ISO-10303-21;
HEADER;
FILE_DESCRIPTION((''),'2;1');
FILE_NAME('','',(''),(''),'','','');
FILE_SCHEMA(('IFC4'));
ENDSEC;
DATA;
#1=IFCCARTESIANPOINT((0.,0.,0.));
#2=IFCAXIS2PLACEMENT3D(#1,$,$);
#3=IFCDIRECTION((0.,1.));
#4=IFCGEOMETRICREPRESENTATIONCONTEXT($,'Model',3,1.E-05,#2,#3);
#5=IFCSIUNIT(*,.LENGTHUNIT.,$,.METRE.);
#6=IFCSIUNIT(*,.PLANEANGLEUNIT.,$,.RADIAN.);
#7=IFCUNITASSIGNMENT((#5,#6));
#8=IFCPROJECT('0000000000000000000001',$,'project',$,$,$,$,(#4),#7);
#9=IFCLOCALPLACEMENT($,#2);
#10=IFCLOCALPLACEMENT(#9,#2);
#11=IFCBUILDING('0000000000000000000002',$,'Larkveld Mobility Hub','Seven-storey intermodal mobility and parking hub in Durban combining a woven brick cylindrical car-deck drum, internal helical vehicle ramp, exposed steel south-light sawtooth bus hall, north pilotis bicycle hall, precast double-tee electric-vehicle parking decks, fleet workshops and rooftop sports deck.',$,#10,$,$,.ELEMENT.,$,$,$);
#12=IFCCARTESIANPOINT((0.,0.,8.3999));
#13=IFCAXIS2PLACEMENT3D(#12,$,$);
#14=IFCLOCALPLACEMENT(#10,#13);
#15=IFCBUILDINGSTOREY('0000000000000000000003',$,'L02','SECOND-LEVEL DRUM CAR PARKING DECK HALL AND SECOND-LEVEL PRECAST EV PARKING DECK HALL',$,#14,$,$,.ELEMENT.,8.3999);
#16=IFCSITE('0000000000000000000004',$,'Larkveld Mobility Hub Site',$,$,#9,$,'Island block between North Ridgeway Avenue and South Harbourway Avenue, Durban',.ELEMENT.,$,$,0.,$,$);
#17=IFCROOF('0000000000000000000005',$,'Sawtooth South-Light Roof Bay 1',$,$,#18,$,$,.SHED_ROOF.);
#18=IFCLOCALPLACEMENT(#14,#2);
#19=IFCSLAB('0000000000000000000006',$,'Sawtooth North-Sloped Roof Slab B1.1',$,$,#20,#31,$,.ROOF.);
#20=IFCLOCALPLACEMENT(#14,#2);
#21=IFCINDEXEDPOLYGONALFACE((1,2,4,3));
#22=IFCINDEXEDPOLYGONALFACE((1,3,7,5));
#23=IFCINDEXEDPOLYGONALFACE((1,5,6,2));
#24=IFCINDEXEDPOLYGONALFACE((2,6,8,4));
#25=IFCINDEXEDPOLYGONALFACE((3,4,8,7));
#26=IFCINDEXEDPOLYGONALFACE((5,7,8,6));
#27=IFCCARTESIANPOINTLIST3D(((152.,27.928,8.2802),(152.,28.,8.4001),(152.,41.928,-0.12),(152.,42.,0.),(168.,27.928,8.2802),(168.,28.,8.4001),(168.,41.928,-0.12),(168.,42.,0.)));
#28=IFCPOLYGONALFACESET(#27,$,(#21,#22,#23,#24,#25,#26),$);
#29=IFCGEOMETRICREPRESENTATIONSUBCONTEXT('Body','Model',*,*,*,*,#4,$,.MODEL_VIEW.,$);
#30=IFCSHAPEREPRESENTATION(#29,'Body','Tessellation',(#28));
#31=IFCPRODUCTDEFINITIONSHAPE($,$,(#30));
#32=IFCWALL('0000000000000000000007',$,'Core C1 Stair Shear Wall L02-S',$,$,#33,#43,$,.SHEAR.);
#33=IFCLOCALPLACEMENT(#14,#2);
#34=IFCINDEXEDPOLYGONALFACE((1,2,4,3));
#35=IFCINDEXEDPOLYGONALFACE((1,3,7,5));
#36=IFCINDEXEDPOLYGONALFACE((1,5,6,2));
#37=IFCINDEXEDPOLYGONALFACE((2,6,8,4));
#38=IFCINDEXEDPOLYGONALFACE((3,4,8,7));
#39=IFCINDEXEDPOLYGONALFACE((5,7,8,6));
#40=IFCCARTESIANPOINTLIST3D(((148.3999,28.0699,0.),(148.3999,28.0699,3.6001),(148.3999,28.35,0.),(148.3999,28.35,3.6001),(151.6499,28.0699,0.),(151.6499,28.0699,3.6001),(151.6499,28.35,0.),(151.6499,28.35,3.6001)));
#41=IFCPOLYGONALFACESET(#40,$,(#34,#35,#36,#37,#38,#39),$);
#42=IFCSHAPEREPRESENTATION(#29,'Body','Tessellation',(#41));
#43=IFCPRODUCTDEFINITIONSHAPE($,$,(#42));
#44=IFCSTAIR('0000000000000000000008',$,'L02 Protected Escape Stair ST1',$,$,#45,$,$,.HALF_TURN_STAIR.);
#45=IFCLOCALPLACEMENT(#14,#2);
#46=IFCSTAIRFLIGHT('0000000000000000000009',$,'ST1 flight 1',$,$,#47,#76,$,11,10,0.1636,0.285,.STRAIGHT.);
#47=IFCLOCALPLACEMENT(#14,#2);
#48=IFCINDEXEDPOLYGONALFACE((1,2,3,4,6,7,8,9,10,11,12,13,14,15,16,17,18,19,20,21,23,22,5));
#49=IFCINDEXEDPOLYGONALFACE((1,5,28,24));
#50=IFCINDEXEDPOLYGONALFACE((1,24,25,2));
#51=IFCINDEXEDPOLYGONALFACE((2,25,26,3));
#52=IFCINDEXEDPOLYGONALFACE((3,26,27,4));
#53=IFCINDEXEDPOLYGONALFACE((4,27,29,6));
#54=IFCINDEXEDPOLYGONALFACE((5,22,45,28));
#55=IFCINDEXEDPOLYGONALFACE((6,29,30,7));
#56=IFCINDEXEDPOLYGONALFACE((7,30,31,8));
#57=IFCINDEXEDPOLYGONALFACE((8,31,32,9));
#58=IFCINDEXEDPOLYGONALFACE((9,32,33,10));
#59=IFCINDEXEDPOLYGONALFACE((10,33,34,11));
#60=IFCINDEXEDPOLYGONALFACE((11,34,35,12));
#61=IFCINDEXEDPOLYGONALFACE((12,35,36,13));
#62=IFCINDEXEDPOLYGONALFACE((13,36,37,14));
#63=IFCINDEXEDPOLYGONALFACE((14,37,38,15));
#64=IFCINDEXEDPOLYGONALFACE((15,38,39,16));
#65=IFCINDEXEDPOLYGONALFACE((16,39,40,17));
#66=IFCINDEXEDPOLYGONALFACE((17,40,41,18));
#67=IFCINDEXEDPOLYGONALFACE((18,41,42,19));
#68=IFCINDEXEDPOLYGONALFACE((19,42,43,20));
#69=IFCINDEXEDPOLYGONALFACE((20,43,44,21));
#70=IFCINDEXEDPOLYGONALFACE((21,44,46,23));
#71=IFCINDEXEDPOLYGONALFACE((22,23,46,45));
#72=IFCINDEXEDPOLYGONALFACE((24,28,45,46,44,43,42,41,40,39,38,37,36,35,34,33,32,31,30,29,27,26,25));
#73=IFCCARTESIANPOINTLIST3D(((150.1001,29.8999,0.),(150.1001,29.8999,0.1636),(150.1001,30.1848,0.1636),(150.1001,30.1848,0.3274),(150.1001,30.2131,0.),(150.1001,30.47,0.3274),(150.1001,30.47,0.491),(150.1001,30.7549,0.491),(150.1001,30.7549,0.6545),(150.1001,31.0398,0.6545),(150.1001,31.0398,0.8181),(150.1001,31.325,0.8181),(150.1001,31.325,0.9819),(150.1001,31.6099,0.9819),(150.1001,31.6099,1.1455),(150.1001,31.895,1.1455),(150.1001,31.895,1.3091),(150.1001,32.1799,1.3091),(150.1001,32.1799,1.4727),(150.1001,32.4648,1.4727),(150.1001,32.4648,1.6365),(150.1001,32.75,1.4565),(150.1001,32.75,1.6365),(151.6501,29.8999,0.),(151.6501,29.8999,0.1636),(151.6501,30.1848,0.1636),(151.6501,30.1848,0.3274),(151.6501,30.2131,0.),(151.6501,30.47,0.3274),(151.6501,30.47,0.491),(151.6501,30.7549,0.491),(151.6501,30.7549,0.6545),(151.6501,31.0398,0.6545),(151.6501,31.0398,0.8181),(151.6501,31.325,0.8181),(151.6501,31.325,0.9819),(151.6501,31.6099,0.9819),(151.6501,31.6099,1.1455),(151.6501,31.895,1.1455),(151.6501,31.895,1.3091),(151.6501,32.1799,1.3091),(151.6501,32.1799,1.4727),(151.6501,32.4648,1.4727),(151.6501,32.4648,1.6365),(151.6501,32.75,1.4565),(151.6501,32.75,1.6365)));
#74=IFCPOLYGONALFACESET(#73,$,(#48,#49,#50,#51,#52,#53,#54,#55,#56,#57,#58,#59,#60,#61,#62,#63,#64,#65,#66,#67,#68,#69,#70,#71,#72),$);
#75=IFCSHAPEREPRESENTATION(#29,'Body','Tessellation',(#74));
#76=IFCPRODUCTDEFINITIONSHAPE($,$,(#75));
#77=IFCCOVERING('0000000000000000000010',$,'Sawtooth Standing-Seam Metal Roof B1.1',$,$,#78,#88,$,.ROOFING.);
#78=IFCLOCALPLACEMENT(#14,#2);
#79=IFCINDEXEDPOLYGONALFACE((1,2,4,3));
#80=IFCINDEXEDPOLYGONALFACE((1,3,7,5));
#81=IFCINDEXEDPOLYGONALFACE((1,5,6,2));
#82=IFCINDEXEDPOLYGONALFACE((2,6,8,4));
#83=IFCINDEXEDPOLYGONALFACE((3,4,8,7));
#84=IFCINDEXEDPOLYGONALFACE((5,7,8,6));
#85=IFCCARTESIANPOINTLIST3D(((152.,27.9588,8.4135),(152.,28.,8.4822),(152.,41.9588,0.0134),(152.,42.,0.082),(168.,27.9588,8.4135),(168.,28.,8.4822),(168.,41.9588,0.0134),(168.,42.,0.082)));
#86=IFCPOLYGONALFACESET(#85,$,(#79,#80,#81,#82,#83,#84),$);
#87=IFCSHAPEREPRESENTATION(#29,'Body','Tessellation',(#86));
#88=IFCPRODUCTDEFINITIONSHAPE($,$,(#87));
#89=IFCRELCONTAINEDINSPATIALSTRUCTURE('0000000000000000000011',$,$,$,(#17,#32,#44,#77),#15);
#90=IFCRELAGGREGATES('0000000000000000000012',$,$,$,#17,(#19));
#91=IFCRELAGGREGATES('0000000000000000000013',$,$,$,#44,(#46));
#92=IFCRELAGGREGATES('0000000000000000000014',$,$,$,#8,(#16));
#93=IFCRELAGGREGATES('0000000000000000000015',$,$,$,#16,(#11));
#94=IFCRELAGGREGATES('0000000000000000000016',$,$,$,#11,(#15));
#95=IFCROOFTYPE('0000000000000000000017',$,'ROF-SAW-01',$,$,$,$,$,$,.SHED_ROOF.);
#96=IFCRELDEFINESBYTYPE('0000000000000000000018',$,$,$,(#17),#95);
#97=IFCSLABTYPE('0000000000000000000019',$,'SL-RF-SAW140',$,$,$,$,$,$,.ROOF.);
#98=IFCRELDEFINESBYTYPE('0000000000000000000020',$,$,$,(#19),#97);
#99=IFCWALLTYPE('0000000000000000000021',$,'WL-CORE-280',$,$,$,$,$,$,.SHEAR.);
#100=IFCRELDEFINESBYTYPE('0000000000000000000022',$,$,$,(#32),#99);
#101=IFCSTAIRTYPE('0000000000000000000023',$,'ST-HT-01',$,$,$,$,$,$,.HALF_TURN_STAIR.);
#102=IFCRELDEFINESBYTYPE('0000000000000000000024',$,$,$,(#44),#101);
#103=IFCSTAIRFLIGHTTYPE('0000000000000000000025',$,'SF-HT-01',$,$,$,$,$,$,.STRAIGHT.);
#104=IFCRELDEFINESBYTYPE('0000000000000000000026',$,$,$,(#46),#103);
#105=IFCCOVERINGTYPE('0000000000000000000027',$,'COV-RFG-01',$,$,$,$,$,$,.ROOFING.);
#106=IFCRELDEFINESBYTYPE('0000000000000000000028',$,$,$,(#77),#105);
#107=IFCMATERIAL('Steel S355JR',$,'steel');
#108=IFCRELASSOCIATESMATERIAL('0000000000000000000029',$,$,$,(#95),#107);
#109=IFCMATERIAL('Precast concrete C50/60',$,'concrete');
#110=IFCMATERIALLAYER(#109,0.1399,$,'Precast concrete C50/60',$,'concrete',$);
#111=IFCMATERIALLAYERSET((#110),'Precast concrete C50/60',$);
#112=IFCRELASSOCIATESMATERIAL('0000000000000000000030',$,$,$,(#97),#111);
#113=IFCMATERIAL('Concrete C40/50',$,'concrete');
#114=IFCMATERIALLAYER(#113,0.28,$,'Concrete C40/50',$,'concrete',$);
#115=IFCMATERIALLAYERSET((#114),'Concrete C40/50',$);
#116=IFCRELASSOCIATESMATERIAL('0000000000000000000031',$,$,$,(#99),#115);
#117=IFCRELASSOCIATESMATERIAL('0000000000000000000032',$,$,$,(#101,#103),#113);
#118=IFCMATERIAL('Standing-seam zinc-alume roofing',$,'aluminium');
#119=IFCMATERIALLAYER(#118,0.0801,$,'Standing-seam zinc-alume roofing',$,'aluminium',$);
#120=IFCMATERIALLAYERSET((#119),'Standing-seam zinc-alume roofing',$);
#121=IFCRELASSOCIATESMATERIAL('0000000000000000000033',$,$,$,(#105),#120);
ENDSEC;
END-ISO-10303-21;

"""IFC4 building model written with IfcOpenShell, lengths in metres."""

from ifc_helpers import new_model, si_unit, direction, frame, frame_2d, origin, place, context, subcontext, project, spatial, polyline, rectangle, outline, extrude, material, layer, layer_set, type_object, element, aggregate, save


model = new_model("IFC4")

# Units and contexts
model_context = context("Model", 3, precision=1e-05, world=origin(), true_north=direction((0.0, 1.0)))
body_context = subcontext(model_context, "Body", "Model", "MODEL_VIEW")
ifc_project = project(units=[si_unit("LENGTHUNIT", "METRE"), si_unit("PLANEANGLEUNIT", "RADIAN")], contexts=[model_context])

# Site, building, storey
site_placement = place(None, origin())
site = spatial("IfcSite", under=ifc_project, at=site_placement, Name="Larkveld Mobility Hub Site", LongName="Island block between North Ridgeway Avenue and South Harbourway Avenue, Durban", CompositionType="ELEMENT", RefElevation=0.0)
building_placement = place(site_placement, origin())
building = spatial("IfcBuilding", under=site, at=building_placement, Name="Larkveld Mobility Hub", Description="Seven-storey intermodal mobility and parking hub in Durban combining a woven brick cylindrical car-deck drum, internal helical vehicle ramp, exposed steel south-light sawtooth bus hall, north pilotis bicycle hall, precast double-tee electric-vehicle parking decks, fleet workshops and rooftop sports deck.", CompositionType="ELEMENT")
storey_placement = place(building_placement, frame((0.0, 0.0, 8.3999)))
storey = spatial("IfcBuildingStorey", under=building, at=storey_placement, Name="L02", Description="SECOND-LEVEL DRUM CAR PARKING DECK HALL AND SECOND-LEVEL PRECAST EV PARKING DECK HALL", CompositionType="ELEMENT", Elevation=8.3999)

# Shared definitions
ifc_material_1 = material(Name="Concrete C40/50", Category="concrete")

# Shared definitions
ifc_material_2 = material(Name="Precast concrete C50/60", Category="concrete")
ifc_material_3 = material(Name="Steel S355JR", Category="steel")

# Roof, slab
roof_type = type_object("IfcRoofType", Name="ROF-SAW-01", PredefinedType="SHED_ROOF", material=ifc_material_3)
roof_placement = place(storey_placement, origin())
roof = element("IfcRoof", 1, at=roof_placement, inside=storey, type_object=roof_type, Name="Sawtooth South-Light Roof Bay 1", PredefinedType="SHED_ROOF")
ifc_layer_1 = layer(ifc_material_2, 0.1399, Name="Precast concrete C50/60", Category="concrete")
ifc_layer_set_1 = layer_set([ifc_layer_1], Name="Precast concrete C50/60")
slab_type = type_object("IfcSlabType", Name="SL-RF-SAW140", PredefinedType="ROOF", material=ifc_layer_set_1)
slab_placement = place(storey_placement, frame((152.0, 28.0, 8.4001), z_axis=(0.0, 0.514502, 0.857489), x_axis=(1.0, 0.0, 0.0)))
slab = element("IfcSlab", 2, at=slab_placement, type_object=slab_type, Name="Sawtooth North-Sloped Roof Slab B1.1", PredefinedType="ROOF", context=body_context, shape_type="SweptSolid", body=[
    extrude(outline(polyline([(0.0, 0.0), (16.0, 0.0), (16.0, 16.3267), (0.0, 16.3267), (0.0, 0.0)])), origin(), (0.0, 0.0, -1.0), 0.1399),
])
aggregate(roof, [slab])

# Wall
ifc_layer_2 = layer(ifc_material_1, 0.28, Name="Concrete C40/50", Category="concrete")
ifc_layer_set_2 = layer_set([ifc_layer_2], Name="Concrete C40/50")
wall_type = type_object("IfcWallType", Name="WL-CORE-280", PredefinedType="SHEAR", material=ifc_layer_set_2)
wall_placement = place(storey_placement, frame((151.6499, 28.21, 0.0), z_axis=(0.0, 0.0, 1.0), x_axis=(-1.0, 0.0, 0.0)))
element("IfcWall", 3, at=wall_placement, inside=storey, type_object=wall_type, Name="Core C1 Stair Shear Wall L02-S", PredefinedType="SHEAR", context=body_context, shape_type="SweptSolid", body=[
    extrude(rectangle(XDim=3.25, YDim=0.28, at=frame_2d((1.625, 0.0))), origin(), (0.0, 0.0, 1.0), 3.6001),
])

# Stair, stair flight
stair_type = type_object("IfcStairType", Name="ST-HT-01", PredefinedType="HALF_TURN_STAIR", material=ifc_material_1)
stair_placement = place(storey_placement, origin())
stair = element("IfcStair", 4, at=stair_placement, inside=storey, type_object=stair_type, Name="L02 Protected Escape Stair ST1", PredefinedType="HALF_TURN_STAIR")
stair_flight_type = type_object("IfcStairFlightType", Name="SF-HT-01", PredefinedType="STRAIGHT", material=ifc_material_1)
stair_flight_placement = place(storey_placement, frame((150.875, 29.8999, 0.0), z_axis=(0.0, 0.0, 1.0), x_axis=(0.0, 1.0, 0.0)))
stair_flight = element("IfcStairFlight", 5, at=stair_flight_placement, type_object=stair_flight_type, Name="ST1 flight 1", NumberOfRisers=11, NumberOfTreads=10, PredefinedType="STRAIGHT", RiserHeight=0.1636, TreadLength=0.285, context=body_context, shape_type="SweptSolid", body=[
    extrude(outline(polyline([(0.0, 0.0), (0.0, 0.1636), (0.2849, 0.1636), (0.2849, 0.3274), (0.5701, 0.3274), (0.5701, 0.491), (0.855, 0.491), (0.855, 0.6545), (1.1399, 0.6545), (1.1399, 0.8181), (1.425, 0.8181), (1.425, 0.9819), (1.71, 0.9819), (1.71, 1.1455), (1.9951, 1.1455), (1.9951, 1.3091), (2.28, 1.3091), (2.28, 1.4727), (2.5649, 1.4727), (2.5649, 1.6365), (2.8501, 1.6365), (2.8501, 1.8), (2.8501, 1.4565), (0.3132, 0.0), (0.0, 0.0)])), frame((0.0, 0.7749, 0.0), z_axis=(0.0, -1.0, 0.0), x_axis=(1.0, 0.0, 0.0)), (0.0, 0.0, 1.0), 1.55),
])
aggregate(stair, [stair_flight])

# Covering
ifc_material_4 = material(Name="Standing-seam zinc-alume roofing", Category="aluminium")
ifc_layer_3 = layer(ifc_material_4, 0.0801, Name="Standing-seam zinc-alume roofing", Category="aluminium")
ifc_layer_set_3 = layer_set([ifc_layer_3], Name="Standing-seam zinc-alume roofing")
covering_type = type_object("IfcCoveringType", Name="COV-RFG-01", PredefinedType="ROOFING", material=ifc_layer_set_3)
covering_placement = place(storey_placement, frame((152.0, 28.0, 8.4822), z_axis=(0.0, 0.514502, 0.857489), x_axis=(1.0, 0.0, 0.0)))
element("IfcCovering", 6, at=covering_placement, inside=storey, type_object=covering_type, Name="Sawtooth Standing-Seam Metal Roof B1.1", PredefinedType="ROOFING", context=body_context, shape_type="SweptSolid", body=[
    extrude(outline(polyline([(0.0, 0.0), (16.0, 0.0), (16.0, 16.3267), (0.0, 16.3267), (0.0, 0.0)])), origin(), (0.0, 0.0, -1.0), 0.0801),
])

save(model, "model.ifc")
